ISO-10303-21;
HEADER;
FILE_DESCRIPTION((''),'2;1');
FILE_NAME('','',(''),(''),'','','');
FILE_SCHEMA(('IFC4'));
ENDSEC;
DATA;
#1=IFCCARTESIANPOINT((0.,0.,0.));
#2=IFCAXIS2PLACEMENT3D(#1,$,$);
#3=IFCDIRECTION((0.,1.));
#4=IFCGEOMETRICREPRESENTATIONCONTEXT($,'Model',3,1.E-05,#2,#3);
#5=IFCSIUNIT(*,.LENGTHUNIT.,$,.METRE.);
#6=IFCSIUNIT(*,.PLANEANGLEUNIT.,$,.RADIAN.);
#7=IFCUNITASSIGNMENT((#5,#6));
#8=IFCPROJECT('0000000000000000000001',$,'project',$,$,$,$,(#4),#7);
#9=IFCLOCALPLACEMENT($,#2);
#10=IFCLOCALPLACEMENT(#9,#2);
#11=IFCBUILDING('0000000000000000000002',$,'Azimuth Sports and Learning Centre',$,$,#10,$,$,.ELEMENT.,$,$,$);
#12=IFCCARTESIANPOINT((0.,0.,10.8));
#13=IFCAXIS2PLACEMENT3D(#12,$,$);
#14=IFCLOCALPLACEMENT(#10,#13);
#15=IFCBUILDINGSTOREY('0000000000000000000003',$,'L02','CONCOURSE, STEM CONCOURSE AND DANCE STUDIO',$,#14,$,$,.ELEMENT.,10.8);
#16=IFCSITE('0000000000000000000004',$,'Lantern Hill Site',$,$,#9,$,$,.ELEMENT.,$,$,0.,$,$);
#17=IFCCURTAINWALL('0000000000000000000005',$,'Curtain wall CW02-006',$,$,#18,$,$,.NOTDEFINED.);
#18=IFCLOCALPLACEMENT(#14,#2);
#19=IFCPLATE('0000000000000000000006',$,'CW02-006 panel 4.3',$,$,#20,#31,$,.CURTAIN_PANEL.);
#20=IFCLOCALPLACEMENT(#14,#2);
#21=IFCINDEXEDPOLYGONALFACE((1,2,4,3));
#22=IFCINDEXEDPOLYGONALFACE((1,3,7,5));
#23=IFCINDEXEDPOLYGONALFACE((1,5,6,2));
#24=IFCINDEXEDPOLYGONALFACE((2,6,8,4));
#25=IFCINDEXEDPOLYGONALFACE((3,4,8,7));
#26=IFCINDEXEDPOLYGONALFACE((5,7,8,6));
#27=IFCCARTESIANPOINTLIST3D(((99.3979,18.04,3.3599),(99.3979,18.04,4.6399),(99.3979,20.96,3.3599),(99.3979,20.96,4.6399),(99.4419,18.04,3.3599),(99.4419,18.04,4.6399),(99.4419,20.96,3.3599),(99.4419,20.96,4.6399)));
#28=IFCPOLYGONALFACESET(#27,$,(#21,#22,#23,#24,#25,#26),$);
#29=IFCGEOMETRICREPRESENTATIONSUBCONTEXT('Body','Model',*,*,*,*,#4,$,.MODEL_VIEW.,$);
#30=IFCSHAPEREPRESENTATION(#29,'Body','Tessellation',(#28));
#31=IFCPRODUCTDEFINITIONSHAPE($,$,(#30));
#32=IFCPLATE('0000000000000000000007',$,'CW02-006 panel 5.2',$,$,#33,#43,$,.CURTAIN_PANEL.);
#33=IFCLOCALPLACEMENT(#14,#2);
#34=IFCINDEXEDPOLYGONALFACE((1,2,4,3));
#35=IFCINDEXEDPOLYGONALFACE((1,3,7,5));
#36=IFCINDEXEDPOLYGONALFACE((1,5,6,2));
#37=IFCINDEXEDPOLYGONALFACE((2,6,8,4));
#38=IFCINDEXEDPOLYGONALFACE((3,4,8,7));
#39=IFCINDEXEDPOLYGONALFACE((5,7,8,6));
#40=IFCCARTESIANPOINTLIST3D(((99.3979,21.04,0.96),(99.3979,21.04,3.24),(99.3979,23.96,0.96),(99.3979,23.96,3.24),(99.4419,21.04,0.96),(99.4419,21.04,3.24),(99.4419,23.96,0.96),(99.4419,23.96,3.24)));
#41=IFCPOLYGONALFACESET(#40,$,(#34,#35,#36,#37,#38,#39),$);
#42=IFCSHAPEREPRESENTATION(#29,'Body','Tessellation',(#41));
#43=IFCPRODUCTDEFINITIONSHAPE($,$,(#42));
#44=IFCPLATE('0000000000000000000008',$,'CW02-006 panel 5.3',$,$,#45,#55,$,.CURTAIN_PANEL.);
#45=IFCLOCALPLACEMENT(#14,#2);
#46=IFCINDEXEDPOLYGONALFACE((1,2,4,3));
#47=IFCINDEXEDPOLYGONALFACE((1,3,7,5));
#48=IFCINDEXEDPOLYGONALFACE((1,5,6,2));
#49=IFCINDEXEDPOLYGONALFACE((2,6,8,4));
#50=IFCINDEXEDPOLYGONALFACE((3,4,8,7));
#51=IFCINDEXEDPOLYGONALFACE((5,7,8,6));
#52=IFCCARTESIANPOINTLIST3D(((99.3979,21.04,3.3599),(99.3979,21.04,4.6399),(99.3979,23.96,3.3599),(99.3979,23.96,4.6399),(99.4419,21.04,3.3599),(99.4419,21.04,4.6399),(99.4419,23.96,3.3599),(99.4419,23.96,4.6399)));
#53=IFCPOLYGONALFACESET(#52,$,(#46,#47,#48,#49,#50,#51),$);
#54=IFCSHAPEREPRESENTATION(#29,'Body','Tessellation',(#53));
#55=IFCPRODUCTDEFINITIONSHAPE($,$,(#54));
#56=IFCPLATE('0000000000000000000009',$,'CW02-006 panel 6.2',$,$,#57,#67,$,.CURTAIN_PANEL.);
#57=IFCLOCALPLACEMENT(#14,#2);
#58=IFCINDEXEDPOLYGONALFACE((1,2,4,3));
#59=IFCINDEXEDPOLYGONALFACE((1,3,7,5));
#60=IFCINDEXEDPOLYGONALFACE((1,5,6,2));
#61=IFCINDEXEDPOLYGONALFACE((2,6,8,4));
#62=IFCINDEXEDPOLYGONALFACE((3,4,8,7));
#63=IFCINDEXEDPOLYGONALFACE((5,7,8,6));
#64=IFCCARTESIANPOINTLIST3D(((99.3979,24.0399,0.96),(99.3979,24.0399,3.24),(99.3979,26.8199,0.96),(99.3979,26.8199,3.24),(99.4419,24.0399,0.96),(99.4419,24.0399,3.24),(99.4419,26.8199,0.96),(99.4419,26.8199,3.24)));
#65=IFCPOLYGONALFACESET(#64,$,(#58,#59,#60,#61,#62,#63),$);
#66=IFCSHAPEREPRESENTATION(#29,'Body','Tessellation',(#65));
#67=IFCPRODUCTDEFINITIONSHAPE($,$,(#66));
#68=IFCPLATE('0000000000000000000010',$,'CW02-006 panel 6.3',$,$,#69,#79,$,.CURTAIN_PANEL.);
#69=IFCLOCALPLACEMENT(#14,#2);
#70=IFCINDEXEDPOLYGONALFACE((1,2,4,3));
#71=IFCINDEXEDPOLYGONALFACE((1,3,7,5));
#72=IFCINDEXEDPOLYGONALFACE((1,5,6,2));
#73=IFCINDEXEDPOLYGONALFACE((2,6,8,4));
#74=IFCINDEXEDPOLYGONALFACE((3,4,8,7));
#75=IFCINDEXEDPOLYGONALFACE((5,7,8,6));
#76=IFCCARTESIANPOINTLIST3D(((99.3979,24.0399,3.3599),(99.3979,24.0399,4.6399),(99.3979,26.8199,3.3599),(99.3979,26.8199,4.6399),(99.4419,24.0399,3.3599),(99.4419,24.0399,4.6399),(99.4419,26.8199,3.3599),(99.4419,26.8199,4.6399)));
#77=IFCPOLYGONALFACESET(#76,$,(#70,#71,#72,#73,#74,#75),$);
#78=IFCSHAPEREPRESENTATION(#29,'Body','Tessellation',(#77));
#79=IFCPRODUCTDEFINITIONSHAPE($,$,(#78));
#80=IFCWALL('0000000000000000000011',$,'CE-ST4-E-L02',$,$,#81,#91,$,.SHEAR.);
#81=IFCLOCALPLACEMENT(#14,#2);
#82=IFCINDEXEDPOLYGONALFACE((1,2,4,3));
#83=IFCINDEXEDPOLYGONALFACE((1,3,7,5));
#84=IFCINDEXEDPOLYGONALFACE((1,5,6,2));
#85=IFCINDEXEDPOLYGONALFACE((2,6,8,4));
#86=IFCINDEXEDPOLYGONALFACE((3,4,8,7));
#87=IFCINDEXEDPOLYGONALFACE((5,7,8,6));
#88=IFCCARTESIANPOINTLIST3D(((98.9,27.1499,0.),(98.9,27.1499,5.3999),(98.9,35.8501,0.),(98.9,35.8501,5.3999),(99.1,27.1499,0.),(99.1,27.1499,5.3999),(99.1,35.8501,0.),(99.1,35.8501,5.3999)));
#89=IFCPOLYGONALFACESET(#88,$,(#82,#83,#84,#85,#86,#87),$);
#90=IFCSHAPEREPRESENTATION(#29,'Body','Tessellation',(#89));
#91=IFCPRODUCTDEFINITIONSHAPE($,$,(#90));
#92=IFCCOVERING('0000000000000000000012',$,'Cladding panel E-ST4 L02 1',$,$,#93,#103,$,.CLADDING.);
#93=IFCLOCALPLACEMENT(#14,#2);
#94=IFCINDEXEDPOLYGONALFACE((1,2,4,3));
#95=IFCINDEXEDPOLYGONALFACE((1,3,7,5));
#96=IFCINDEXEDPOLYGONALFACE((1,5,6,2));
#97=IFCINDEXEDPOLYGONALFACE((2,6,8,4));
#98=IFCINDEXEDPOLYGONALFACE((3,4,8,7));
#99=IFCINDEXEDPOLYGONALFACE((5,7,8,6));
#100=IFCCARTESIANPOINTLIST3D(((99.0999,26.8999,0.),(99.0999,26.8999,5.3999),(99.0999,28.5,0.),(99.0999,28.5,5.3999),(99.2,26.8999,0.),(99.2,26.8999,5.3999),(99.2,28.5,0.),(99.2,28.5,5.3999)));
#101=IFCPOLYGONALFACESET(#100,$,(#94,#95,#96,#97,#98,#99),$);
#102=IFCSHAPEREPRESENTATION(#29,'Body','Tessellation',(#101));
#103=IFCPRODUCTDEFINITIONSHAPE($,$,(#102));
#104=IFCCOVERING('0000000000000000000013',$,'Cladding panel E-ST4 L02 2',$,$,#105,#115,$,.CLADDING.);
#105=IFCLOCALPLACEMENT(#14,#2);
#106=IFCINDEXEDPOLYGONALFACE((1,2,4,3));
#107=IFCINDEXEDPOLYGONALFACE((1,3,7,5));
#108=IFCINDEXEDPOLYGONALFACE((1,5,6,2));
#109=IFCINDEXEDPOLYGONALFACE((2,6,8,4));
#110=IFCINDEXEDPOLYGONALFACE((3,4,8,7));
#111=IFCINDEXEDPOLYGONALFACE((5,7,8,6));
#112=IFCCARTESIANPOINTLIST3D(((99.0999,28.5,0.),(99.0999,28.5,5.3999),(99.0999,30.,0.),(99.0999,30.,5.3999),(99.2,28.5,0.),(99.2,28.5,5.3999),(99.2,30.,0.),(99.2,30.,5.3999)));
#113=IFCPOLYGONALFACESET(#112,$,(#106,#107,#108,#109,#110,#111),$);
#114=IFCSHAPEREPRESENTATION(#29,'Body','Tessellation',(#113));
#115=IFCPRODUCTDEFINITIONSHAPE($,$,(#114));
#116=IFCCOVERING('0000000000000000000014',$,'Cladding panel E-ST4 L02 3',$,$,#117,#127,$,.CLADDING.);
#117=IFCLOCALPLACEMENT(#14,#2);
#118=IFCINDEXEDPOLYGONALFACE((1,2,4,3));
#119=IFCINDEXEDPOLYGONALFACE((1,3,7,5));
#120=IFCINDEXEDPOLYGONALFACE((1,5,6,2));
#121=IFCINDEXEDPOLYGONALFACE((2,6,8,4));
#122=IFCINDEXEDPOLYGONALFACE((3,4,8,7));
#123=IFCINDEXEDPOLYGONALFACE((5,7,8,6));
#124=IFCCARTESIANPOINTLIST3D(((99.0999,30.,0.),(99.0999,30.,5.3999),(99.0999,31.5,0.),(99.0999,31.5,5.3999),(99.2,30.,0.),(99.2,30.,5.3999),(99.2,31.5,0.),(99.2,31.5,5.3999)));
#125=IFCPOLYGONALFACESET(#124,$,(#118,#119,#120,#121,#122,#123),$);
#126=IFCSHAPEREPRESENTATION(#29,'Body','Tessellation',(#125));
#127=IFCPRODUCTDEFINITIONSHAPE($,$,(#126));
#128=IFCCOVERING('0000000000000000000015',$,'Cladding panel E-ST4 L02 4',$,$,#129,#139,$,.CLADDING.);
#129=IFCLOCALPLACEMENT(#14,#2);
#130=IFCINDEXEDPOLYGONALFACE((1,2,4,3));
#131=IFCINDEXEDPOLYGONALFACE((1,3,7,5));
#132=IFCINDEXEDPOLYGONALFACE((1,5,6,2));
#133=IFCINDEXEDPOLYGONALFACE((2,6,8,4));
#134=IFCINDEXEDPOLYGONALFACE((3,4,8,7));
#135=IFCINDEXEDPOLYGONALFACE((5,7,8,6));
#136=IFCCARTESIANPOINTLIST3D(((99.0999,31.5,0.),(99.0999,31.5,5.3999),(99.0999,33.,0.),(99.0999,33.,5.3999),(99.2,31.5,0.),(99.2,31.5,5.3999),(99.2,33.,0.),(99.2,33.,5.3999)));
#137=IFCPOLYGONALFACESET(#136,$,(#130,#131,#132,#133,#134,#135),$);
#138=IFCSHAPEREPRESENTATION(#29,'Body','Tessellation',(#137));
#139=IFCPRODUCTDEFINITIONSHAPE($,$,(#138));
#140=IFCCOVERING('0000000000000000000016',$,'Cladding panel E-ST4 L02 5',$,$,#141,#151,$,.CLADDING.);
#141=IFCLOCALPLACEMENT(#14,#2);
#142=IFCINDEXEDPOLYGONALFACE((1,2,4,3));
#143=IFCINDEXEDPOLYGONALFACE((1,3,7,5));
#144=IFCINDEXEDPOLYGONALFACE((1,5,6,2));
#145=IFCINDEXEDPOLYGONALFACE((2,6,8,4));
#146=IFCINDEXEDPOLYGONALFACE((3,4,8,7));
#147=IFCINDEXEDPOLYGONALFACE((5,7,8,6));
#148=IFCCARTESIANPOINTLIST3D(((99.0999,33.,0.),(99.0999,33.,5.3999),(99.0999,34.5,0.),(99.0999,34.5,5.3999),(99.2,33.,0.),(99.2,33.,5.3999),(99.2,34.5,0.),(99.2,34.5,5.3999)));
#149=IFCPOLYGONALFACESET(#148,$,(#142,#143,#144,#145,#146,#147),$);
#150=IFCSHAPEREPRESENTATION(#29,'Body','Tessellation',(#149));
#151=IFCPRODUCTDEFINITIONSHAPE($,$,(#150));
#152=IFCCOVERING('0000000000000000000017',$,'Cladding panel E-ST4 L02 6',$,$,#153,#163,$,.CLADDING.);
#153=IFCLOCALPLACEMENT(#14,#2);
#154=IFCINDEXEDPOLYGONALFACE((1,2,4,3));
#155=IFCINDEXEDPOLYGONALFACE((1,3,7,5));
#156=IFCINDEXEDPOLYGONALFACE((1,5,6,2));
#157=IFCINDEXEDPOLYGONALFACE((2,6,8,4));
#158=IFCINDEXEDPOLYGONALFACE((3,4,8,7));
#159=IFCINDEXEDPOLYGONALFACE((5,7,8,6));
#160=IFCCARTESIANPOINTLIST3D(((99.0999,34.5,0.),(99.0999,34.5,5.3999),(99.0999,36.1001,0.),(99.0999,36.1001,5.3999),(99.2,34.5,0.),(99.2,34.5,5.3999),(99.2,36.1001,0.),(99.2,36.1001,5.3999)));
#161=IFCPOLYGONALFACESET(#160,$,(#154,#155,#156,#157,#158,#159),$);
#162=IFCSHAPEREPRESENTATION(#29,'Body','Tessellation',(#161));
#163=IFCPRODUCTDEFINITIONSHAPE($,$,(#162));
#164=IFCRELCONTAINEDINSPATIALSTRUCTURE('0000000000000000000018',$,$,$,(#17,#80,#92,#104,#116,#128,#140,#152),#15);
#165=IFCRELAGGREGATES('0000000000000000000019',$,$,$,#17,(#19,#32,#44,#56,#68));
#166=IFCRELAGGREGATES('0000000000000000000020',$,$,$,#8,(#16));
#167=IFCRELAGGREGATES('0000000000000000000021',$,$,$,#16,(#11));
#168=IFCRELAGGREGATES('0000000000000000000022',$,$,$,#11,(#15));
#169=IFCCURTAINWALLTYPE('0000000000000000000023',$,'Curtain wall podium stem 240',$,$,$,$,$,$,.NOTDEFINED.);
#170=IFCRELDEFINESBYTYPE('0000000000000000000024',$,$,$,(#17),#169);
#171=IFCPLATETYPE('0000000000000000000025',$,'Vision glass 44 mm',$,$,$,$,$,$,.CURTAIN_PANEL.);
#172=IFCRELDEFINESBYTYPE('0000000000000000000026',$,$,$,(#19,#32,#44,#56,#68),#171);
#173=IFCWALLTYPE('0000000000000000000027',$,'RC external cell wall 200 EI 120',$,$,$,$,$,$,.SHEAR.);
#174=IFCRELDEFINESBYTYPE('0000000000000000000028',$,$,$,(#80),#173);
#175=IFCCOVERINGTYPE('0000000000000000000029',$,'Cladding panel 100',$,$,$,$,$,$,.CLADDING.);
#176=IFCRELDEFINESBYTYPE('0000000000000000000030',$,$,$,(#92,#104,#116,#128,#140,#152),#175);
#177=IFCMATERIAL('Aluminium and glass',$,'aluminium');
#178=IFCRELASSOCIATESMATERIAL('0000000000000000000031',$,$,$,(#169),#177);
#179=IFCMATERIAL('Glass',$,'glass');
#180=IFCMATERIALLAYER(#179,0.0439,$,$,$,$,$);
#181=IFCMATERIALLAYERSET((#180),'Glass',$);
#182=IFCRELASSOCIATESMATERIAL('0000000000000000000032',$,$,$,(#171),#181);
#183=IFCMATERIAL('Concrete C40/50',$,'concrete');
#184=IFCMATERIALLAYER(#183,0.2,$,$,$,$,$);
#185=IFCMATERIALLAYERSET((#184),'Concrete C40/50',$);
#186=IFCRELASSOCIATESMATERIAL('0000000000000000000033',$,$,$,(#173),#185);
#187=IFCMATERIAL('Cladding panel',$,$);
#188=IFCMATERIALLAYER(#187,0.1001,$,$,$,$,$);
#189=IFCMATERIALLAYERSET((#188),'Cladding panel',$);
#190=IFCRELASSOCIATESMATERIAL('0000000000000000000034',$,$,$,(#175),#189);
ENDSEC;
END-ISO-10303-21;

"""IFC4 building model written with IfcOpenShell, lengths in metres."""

from ifc_helpers import new_model, si_unit, direction, frame, frame_2d, origin, origin_2d, place, context, subcontext, project, spatial, rectangle, extrude, material, layer, layer_set, type_object, element, aggregate, save


model = new_model("IFC4")

# Units and contexts
model_context = context("Model", 3, precision=1e-05, world=origin(), true_north=direction((0.0, 1.0)))
body_context = subcontext(model_context, "Body", "Model", "MODEL_VIEW")
ifc_project = project(units=[si_unit("LENGTHUNIT", "METRE"), si_unit("PLANEANGLEUNIT", "RADIAN")], contexts=[model_context])

# Site, building, storey
site_placement = place(None, origin())
site = spatial("IfcSite", under=ifc_project, at=site_placement, Name="Lantern Hill Site", CompositionType="ELEMENT", RefElevation=0.0)
building_placement = place(site_placement, origin())
building = spatial("IfcBuilding", under=site, at=building_placement, Name="Azimuth Sports and Learning Centre", CompositionType="ELEMENT")
storey_placement = place(building_placement, frame((0.0, 0.0, 10.8)))
storey = spatial("IfcBuildingStorey", under=building, at=storey_placement, Name="L02", Description="CONCOURSE, STEM CONCOURSE AND DANCE STUDIO", CompositionType="ELEMENT", Elevation=10.8)

# Curtain wall, plates
ifc_material_1 = material(Name="Aluminium and glass", Category="aluminium")
curtain_wall_type = type_object("IfcCurtainWallType", Name="Curtain wall podium stem 240", PredefinedType="NOTDEFINED", material=ifc_material_1)
curtain_wall_placement = place(storey_placement, origin())
curtain_wall = element("IfcCurtainWall", 1, at=curtain_wall_placement, inside=storey, type_object=curtain_wall_type, Name="Curtain wall CW02-006", PredefinedType="NOTDEFINED")
ifc_material_2 = material(Name="Glass", Category="glass")
ifc_layer_1 = layer(ifc_material_2, 0.0439)
ifc_layer_set_1 = layer_set([ifc_layer_1], Name="Glass")
plate_type_1 = type_object("IfcPlateType", Name="Vision glass 44 mm", PredefinedType="CURTAIN_PANEL", material=ifc_layer_set_1)
plate_1_placement = place(storey_placement, frame((99.4199, 19.5, 3.3599), z_axis=(0.0, 0.0, 1.0), x_axis=(0.0, 1.0, 0.0)))
plate_1 = element("IfcPlate", 2, at=plate_1_placement, type_object=plate_type_1, Name="CW02-006 panel 4.3", PredefinedType="CURTAIN_PANEL", context=body_context, shape_type="SweptSolid", body=[
    extrude(rectangle(XDim=2.9199, YDim=0.0439, at=origin_2d()), origin(), (0.0, 0.0, 1.0), 1.28),
])
plate_2_placement = place(storey_placement, frame((99.4199, 22.5, 0.96), z_axis=(0.0, 0.0, 1.0), x_axis=(0.0, 1.0, 0.0)))
plate_2 = element("IfcPlate", 3, at=plate_2_placement, type_object=plate_type_1, Name="CW02-006 panel 5.2", PredefinedType="CURTAIN_PANEL", context=body_context, shape_type="SweptSolid", body=[
    extrude(rectangle(XDim=2.9199, YDim=0.0439, at=origin_2d()), origin(), (0.0, 0.0, 1.0), 2.28),
])
plate_3_placement = place(storey_placement, frame((99.4199, 22.5, 3.3599), z_axis=(0.0, 0.0, 1.0), x_axis=(0.0, 1.0, 0.0)))
plate_3 = element("IfcPlate", 4, at=plate_3_placement, type_object=plate_type_1, Name="CW02-006 panel 5.3", PredefinedType="CURTAIN_PANEL", context=body_context, shape_type="SweptSolid", body=[
    extrude(rectangle(XDim=2.9199, YDim=0.0439, at=origin_2d()), origin(), (0.0, 0.0, 1.0), 1.28),
])
plate_4_placement = place(storey_placement, frame((99.4199, 25.4299, 0.96), z_axis=(0.0, 0.0, 1.0), x_axis=(0.0, 1.0, 0.0)))
plate_4 = element("IfcPlate", 5, at=plate_4_placement, type_object=plate_type_1, Name="CW02-006 panel 6.2", PredefinedType="CURTAIN_PANEL", context=body_context, shape_type="SweptSolid", body=[
    extrude(rectangle(XDim=2.78, YDim=0.0439, at=origin_2d()), origin(), (0.0, 0.0, 1.0), 2.28),
])
plate_5_placement = place(storey_placement, frame((99.4199, 25.4299, 3.3599), z_axis=(0.0, 0.0, 1.0), x_axis=(0.0, 1.0, 0.0)))
plate_5 = element("IfcPlate", 6, at=plate_5_placement, type_object=plate_type_1, Name="CW02-006 panel 6.3", PredefinedType="CURTAIN_PANEL", context=body_context, shape_type="SweptSolid", body=[
    extrude(rectangle(XDim=2.78, YDim=0.0439, at=origin_2d()), origin(), (0.0, 0.0, 1.0), 1.28),
])
aggregate(curtain_wall, [plate_1, plate_2, plate_3, plate_4, plate_5])

# Wall
ifc_material_3 = material(Name="Concrete C40/50", Category="concrete")
ifc_layer_2 = layer(ifc_material_3, 0.2)
ifc_layer_set_2 = layer_set([ifc_layer_2], Name="Concrete C40/50")
wall_type = type_object("IfcWallType", Name="RC external cell wall 200 EI 120", PredefinedType="SHEAR", material=ifc_layer_set_2)
wall_placement = place(storey_placement, frame((99.0, 27.1499, 0.0), z_axis=(0.0, 0.0, 1.0), x_axis=(0.0, 1.0, 0.0)))
element("IfcWall", 7, at=wall_placement, inside=storey, type_object=wall_type, Name="CE-ST4-E-L02", PredefinedType="SHEAR", context=body_context, shape_type="SweptSolid", body=[
    extrude(rectangle(XDim=8.7002, YDim=0.2, at=frame_2d((4.3501, 0.0))), origin(), (0.0, 0.0, 1.0), 5.3999),
])

# Coverings
ifc_material_4 = material(Name="Cladding panel")
ifc_layer_3 = layer(ifc_material_4, 0.1001)
ifc_layer_set_3 = layer_set([ifc_layer_3], Name="Cladding panel")
covering_type = type_object("IfcCoveringType", Name="Cladding panel 100", PredefinedType="CLADDING", material=ifc_layer_set_3)
covering_1_placement = place(storey_placement, frame((99.1499, 27.7, 0.0), z_axis=(0.0, 0.0, 1.0), x_axis=(0.0, 1.0, 0.0)))
element("IfcCovering", 8, at=covering_1_placement, inside=storey, type_object=covering_type, Name="Cladding panel E-ST4 L02 1", PredefinedType="CLADDING", context=body_context, shape_type="SweptSolid", body=[
    extrude(rectangle(XDim=1.6001, YDim=0.1001, at=origin_2d()), origin(), (0.0, 0.0, 1.0), 5.3999),
])
for number, where, z_axis, x_axis, name in (
    (9, (99.1499, 29.25, 0.0), (0.0, 0.0, 1.0), (0.0, 1.0, 0.0), "Cladding panel E-ST4 L02 2"),
    (10, (99.1499, 30.75, 0.0), (0.0, 0.0, 1.0), (0.0, 1.0, 0.0), "Cladding panel E-ST4 L02 3"),
    (11, (99.1499, 32.25, 0.0), (0.0, 0.0, 1.0), (0.0, 1.0, 0.0), "Cladding panel E-ST4 L02 4"),
    (12, (99.1499, 33.75, 0.0), (0.0, 0.0, 1.0), (0.0, 1.0, 0.0), "Cladding panel E-ST4 L02 5"),
):
    element("IfcCovering", number, at=place(storey_placement, frame(where, z_axis=z_axis, x_axis=x_axis)), inside=storey, type_object=covering_type, Name=name, PredefinedType="CLADDING", context=body_context, shape_type="SweptSolid", body=[
        extrude(rectangle(XDim=1.5, YDim=0.1001, at=origin_2d()), origin(), (0.0, 0.0, 1.0), 5.3999),
    ])
covering_2_placement = place(storey_placement, frame((99.1499, 35.3, 0.0), z_axis=(0.0, 0.0, 1.0), x_axis=(0.0, 1.0, 0.0)))
element("IfcCovering", 13, at=covering_2_placement, inside=storey, type_object=covering_type, Name="Cladding panel E-ST4 L02 6", PredefinedType="CLADDING", context=body_context, shape_type="SweptSolid", body=[
    extrude(rectangle(XDim=1.6001, YDim=0.1001, at=origin_2d()), origin(), (0.0, 0.0, 1.0), 5.3999),
])

save(model, "model.ifc")
